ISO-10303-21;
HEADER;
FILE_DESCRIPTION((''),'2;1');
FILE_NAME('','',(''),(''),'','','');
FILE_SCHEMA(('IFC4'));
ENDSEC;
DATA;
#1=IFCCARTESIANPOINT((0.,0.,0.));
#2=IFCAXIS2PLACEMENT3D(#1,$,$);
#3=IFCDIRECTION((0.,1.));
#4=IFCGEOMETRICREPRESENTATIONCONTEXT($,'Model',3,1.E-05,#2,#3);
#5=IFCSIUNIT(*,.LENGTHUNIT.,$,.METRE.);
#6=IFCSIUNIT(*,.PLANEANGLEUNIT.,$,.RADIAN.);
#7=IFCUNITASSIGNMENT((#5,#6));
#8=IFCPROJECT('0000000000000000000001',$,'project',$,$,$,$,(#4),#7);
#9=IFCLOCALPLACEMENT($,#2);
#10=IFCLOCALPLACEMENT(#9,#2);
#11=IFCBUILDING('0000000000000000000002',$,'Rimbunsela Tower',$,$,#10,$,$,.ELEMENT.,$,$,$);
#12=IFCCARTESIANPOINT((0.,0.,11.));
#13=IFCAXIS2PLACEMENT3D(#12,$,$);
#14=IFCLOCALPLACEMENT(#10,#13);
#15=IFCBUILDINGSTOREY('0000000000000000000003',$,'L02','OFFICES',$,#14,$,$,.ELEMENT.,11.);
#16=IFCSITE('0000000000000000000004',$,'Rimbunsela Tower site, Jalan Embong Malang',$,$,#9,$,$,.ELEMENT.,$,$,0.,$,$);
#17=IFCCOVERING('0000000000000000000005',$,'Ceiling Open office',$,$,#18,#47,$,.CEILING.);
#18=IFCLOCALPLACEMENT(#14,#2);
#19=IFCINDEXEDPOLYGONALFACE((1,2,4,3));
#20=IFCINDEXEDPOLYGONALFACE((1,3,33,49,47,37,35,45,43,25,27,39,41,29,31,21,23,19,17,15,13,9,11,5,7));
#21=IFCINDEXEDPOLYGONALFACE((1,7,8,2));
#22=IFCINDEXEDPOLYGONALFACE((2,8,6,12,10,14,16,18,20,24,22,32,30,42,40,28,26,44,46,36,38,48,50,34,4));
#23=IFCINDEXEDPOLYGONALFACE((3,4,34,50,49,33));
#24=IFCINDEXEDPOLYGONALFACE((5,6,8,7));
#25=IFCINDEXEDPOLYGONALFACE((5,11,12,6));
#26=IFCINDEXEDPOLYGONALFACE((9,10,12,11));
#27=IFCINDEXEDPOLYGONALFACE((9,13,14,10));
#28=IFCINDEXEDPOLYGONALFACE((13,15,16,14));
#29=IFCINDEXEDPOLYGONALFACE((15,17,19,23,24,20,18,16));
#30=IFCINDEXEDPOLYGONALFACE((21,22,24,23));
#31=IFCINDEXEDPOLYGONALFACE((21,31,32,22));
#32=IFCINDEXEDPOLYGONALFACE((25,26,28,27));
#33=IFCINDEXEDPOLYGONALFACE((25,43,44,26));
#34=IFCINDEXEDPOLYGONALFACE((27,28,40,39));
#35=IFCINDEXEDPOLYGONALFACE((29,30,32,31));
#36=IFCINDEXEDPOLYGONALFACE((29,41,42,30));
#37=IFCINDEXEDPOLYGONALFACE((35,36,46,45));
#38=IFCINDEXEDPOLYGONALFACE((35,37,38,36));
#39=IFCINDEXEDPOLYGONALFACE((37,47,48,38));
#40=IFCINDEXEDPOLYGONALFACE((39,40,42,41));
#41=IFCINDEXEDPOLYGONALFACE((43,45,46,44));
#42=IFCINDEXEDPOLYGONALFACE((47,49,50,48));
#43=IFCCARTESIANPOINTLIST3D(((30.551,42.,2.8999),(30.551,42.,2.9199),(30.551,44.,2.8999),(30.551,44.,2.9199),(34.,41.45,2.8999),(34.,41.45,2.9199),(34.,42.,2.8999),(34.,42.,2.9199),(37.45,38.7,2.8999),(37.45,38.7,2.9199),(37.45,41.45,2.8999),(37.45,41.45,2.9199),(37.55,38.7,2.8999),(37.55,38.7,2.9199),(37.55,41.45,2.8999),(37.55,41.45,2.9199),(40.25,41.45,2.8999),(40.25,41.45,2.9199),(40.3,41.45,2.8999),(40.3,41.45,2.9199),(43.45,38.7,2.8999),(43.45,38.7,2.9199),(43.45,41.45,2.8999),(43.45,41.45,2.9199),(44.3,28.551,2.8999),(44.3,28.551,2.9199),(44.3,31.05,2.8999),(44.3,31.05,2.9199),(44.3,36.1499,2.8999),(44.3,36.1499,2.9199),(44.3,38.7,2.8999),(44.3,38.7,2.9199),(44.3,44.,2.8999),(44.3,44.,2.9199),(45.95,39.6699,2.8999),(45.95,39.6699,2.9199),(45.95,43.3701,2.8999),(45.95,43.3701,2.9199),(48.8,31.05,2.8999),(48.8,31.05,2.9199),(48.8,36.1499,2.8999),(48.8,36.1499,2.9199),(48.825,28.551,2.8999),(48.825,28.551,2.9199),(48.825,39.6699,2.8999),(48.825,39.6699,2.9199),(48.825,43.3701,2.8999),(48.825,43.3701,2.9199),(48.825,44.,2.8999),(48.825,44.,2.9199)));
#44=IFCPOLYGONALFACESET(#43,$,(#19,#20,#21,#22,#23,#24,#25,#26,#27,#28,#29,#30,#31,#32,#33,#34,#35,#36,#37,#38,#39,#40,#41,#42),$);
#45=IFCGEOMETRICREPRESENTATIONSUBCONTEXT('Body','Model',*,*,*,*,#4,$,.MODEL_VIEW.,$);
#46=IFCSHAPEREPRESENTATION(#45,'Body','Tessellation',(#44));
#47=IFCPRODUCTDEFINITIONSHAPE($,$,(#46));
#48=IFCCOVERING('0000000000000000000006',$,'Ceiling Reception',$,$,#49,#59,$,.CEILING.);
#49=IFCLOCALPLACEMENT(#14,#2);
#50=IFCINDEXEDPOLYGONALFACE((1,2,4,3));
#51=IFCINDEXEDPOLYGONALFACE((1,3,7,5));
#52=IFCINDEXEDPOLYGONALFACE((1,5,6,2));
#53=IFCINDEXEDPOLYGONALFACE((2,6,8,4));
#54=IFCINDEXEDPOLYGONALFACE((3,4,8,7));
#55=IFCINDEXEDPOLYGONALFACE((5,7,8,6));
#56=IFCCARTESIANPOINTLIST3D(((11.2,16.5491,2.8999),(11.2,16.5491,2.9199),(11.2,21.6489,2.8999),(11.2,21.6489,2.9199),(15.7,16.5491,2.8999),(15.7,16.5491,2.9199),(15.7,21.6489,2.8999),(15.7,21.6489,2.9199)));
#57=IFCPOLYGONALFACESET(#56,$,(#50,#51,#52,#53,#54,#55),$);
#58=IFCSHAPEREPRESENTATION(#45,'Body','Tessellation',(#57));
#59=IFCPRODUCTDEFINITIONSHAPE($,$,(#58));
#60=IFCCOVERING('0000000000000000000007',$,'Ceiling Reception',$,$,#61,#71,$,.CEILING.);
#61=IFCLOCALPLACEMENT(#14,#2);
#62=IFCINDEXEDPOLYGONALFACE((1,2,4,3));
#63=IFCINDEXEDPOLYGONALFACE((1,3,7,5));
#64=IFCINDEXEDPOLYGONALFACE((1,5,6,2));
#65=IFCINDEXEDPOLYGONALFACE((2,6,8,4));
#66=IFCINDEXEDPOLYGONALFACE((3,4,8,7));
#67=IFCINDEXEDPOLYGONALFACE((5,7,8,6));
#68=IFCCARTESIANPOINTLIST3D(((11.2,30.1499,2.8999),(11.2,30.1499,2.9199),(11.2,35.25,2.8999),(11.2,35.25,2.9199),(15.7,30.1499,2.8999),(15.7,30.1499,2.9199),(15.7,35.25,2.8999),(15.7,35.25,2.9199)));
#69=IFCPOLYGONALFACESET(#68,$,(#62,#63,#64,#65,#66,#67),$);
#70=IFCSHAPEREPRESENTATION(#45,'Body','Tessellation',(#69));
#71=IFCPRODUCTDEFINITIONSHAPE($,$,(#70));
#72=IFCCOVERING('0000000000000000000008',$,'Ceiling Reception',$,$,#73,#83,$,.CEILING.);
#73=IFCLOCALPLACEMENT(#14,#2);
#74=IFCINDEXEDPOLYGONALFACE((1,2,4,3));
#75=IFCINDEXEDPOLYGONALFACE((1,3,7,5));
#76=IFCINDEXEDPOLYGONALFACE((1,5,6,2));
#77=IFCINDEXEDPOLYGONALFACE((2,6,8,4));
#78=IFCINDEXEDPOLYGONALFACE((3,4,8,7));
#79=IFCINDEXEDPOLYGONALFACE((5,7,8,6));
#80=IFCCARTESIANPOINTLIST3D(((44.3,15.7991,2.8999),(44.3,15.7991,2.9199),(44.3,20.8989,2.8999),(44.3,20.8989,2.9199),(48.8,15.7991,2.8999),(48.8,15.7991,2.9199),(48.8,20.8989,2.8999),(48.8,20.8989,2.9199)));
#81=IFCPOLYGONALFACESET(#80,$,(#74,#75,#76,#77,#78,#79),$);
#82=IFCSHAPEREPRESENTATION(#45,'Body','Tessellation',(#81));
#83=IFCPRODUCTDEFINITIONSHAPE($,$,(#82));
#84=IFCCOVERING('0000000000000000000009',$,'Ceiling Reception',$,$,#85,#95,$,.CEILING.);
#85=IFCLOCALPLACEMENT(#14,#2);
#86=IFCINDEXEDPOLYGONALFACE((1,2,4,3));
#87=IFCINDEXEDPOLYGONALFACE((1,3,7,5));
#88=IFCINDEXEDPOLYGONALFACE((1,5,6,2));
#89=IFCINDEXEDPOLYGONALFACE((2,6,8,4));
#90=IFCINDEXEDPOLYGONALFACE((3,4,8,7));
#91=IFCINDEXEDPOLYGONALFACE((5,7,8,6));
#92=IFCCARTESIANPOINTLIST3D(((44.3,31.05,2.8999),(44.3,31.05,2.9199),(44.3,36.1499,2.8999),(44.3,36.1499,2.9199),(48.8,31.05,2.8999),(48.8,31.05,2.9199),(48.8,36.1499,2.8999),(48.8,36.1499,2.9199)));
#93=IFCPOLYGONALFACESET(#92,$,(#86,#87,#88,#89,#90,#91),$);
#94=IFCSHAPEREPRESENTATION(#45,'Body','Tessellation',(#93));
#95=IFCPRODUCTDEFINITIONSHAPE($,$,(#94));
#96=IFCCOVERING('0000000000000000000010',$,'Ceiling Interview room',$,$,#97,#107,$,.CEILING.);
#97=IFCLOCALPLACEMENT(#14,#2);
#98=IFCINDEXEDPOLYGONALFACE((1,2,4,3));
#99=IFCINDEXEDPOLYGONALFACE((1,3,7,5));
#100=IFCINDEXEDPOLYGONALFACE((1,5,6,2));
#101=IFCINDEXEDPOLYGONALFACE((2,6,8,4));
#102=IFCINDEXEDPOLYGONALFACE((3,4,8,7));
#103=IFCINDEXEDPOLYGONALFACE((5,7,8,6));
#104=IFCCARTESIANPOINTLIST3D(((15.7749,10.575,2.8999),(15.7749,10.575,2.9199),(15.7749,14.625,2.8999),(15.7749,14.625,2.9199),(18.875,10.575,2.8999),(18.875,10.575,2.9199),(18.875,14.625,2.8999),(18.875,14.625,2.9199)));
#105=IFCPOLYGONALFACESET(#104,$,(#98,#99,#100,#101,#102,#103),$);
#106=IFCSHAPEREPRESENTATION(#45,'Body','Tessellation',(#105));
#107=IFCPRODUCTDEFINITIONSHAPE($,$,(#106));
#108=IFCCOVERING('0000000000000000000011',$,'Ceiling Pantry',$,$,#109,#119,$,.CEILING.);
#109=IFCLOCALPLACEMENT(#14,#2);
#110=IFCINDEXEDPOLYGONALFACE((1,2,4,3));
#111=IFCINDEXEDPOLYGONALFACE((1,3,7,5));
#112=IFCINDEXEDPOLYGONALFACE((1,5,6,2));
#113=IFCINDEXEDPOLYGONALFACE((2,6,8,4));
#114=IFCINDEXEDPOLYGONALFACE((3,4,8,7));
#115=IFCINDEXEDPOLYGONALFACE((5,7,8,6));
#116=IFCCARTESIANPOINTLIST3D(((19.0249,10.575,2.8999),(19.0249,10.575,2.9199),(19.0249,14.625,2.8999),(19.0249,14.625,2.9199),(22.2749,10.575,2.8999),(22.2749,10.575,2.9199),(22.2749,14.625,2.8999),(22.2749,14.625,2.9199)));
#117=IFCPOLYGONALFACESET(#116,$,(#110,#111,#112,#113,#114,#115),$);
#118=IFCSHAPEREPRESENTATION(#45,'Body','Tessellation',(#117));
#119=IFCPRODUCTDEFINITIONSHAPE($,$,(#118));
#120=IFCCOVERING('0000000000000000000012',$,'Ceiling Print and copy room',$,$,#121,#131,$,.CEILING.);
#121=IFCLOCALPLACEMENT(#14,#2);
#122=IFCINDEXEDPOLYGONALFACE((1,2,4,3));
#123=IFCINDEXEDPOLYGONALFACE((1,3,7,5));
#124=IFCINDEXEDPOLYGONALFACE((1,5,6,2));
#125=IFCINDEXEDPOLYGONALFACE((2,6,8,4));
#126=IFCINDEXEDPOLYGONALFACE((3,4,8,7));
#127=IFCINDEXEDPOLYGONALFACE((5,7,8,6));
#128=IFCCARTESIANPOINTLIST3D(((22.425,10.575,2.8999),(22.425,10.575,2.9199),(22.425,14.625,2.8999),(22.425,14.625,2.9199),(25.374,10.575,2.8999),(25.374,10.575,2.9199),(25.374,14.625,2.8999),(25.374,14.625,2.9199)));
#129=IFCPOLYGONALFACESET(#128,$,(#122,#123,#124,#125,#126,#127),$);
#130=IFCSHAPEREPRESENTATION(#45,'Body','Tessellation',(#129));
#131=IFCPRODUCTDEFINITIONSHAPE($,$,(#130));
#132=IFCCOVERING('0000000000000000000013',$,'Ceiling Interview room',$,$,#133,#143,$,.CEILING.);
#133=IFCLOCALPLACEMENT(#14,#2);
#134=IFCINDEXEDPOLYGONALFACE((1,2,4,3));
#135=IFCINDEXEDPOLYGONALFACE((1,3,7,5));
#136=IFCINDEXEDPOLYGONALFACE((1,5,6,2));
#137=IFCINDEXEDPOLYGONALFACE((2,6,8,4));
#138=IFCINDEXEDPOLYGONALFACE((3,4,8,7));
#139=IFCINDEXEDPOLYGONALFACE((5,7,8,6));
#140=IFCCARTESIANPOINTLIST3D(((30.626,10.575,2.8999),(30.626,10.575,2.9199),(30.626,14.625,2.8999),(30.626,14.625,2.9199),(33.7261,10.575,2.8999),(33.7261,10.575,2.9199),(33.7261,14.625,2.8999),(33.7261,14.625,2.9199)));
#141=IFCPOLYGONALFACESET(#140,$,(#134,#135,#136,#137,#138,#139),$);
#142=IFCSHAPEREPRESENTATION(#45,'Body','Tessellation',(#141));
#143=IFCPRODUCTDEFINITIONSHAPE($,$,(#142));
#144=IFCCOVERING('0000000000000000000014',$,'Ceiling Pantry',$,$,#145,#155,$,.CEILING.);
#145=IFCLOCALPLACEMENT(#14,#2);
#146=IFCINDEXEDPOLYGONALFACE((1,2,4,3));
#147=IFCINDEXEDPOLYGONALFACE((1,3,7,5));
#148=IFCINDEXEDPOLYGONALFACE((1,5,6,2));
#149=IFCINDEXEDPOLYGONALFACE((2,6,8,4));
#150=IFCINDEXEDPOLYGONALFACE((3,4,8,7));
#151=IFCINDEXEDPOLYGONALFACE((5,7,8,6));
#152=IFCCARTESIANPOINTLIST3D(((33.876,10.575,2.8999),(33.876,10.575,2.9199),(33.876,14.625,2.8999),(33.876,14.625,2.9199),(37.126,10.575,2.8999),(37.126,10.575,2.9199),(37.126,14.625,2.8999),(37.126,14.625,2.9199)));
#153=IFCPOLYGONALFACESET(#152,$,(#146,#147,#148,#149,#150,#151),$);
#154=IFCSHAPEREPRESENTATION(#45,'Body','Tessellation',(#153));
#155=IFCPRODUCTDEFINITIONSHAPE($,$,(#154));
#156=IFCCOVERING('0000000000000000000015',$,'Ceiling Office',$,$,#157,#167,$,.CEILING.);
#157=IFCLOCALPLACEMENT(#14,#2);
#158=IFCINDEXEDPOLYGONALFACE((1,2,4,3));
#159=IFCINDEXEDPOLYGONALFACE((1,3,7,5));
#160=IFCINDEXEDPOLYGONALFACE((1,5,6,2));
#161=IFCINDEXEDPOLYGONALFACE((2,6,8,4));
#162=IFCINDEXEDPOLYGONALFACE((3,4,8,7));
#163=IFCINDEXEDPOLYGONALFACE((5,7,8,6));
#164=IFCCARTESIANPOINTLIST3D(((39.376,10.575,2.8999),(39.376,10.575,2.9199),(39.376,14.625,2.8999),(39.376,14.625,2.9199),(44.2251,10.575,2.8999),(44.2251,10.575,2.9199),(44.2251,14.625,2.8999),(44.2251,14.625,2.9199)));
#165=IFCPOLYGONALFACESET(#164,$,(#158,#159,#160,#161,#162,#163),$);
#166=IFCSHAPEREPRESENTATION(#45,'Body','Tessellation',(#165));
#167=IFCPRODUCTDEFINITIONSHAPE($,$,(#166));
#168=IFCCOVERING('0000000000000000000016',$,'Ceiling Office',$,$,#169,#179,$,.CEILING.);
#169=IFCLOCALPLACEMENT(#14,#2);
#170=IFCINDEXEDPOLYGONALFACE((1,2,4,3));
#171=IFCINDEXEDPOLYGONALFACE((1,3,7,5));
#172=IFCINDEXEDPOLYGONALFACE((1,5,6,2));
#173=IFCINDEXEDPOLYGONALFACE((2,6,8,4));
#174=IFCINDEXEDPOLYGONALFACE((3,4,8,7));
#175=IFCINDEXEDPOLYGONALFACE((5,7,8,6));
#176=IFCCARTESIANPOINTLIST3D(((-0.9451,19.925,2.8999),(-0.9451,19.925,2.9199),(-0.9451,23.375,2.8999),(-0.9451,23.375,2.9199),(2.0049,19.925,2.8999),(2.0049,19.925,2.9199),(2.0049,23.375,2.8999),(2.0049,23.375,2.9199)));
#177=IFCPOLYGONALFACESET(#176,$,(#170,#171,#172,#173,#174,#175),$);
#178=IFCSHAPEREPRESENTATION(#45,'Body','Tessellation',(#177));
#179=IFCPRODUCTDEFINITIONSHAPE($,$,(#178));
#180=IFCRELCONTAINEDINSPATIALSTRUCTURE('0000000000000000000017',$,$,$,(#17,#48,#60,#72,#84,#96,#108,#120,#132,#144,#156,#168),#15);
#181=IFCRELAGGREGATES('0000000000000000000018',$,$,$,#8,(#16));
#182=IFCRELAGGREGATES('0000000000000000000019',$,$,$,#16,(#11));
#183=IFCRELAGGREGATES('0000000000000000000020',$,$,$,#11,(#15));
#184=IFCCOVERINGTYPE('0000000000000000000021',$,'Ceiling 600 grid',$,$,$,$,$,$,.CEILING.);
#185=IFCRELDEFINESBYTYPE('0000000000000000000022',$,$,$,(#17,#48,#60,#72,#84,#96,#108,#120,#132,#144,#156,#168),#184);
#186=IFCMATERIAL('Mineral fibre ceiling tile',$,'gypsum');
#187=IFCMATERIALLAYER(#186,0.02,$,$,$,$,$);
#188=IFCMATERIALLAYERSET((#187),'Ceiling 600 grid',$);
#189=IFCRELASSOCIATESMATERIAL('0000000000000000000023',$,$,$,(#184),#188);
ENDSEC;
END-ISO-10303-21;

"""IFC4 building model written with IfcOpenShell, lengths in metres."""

from ifc_helpers import new_model, si_unit, direction, frame, origin, place, context, subcontext, project, spatial, polyline, outline, extrude, material, layer, layer_set, type_object, element, save


model = new_model("IFC4")

# Units and contexts
model_context = context("Model", 3, precision=1e-05, world=origin(), true_north=direction((0.0, 1.0)))
body_context = subcontext(model_context, "Body", "Model", "MODEL_VIEW")
ifc_project = project(units=[si_unit("LENGTHUNIT", "METRE"), si_unit("PLANEANGLEUNIT", "RADIAN")], contexts=[model_context])

# Site, building, storey
site_placement = place(None, origin())
site = spatial("IfcSite", under=ifc_project, at=site_placement, Name="Rimbunsela Tower site, Jalan Embong Malang", CompositionType="ELEMENT", RefElevation=0.0)
building_placement = place(site_placement, origin())
building = spatial("IfcBuilding", under=site, at=building_placement, Name="Rimbunsela Tower", CompositionType="ELEMENT")
storey_placement = place(building_placement, frame((0.0, 0.0, 11.0)))
storey = spatial("IfcBuildingStorey", under=building, at=storey_placement, Name="L02", Description="OFFICES", CompositionType="ELEMENT", Elevation=11.0)

# Coverings
ifc_material_1 = material(Name="Mineral fibre ceiling tile", Category="gypsum")
ifc_layer_1 = layer(ifc_material_1, 0.02)
ifc_layer_set_1 = layer_set([ifc_layer_1], Name="Ceiling 600 grid")
covering_type_1 = type_object("IfcCoveringType", Name="Ceiling 600 grid", PredefinedType="CEILING", material=ifc_layer_set_1)
covering_1_placement = place(storey_placement, frame((0.0, 0.0, 2.8999)))
element("IfcCovering", 1, at=covering_1_placement, inside=storey, type_object=covering_type_1, Name="Ceiling Open office", PredefinedType="CEILING", context=body_context, shape_type="SweptSolid", body=[
    extrude(outline(polyline([(48.825, 28.551), (44.3, 28.551), (44.3, 31.05), (48.8, 31.05), (48.8, 36.1499), (44.3, 36.1499), (44.3, 38.7), (43.45, 38.7), (43.45, 41.45), (40.3, 41.45), (40.25, 41.45), (37.55, 41.45), (37.55, 38.7), (37.45, 38.7), (37.45, 41.45), (34.0, 41.45), (34.0, 42.0), (30.551, 42.0), (30.551, 44.0), (44.3, 44.0), (48.825, 44.0), (48.825, 43.3701), (45.95, 43.3701), (45.95, 39.6699), (48.825, 39.6699), (48.825, 28.551)])), origin(), (0.0, 0.0, 1.0), 0.02),
])
covering_2_placement = place(storey_placement, frame((0.0, 0.0, 2.8999)))
element("IfcCovering", 2, at=covering_2_placement, inside=storey, type_object=covering_type_1, Name="Ceiling Reception", PredefinedType="CEILING", context=body_context, shape_type="SweptSolid", body=[
    extrude(outline(polyline([(15.7, 16.5491), (15.7, 21.6489), (11.2, 21.6489), (11.2, 16.5491), (15.7, 16.5491)])), origin(), (0.0, 0.0, 1.0), 0.02),
])
covering_3_placement = place(storey_placement, frame((0.0, 0.0, 2.8999)))
element("IfcCovering", 3, at=covering_3_placement, inside=storey, type_object=covering_type_1, Name="Ceiling Reception", PredefinedType="CEILING", context=body_context, shape_type="SweptSolid", body=[
    extrude(outline(polyline([(15.7, 30.1499), (15.7, 35.25), (11.2, 35.25), (11.2, 30.1499), (15.7, 30.1499)])), origin(), (0.0, 0.0, 1.0), 0.02),
])
covering_4_placement = place(storey_placement, frame((0.0, 0.0, 2.8999)))
element("IfcCovering", 4, at=covering_4_placement, inside=storey, type_object=covering_type_1, Name="Ceiling Reception", PredefinedType="CEILING", context=body_context, shape_type="SweptSolid", body=[
    extrude(outline(polyline([(48.8, 15.7991), (48.8, 20.8989), (44.3, 20.8989), (44.3, 15.7991), (48.8, 15.7991)])), origin(), (0.0, 0.0, 1.0), 0.02),
])
covering_5_placement = place(storey_placement, frame((0.0, 0.0, 2.8999)))
element("IfcCovering", 5, at=covering_5_placement, inside=storey, type_object=covering_type_1, Name="Ceiling Reception", PredefinedType="CEILING", context=body_context, shape_type="SweptSolid", body=[
    extrude(outline(polyline([(48.8, 31.05), (48.8, 36.1499), (44.3, 36.1499), (44.3, 31.05), (48.8, 31.05)])), origin(), (0.0, 0.0, 1.0), 0.02),
])
covering_6_placement = place(storey_placement, frame((0.0, 0.0, 2.8999)))
element("IfcCovering", 6, at=covering_6_placement, inside=storey, type_object=covering_type_1, Name="Ceiling Interview room", PredefinedType="CEILING", context=body_context, shape_type="SweptSolid", body=[
    extrude(outline(polyline([(18.875, 10.575), (18.875, 14.625), (15.7749, 14.625), (15.7749, 10.575), (18.875, 10.575)])), origin(), (0.0, 0.0, 1.0), 0.02),
])
covering_7_placement = place(storey_placement, frame((0.0, 0.0, 2.8999)))
element("IfcCovering", 7, at=covering_7_placement, inside=storey, type_object=covering_type_1, Name="Ceiling Pantry", PredefinedType="CEILING", context=body_context, shape_type="SweptSolid", body=[
    extrude(outline(polyline([(22.2749, 10.575), (22.2749, 14.625), (19.0249, 14.625), (19.0249, 10.575), (22.2749, 10.575)])), origin(), (0.0, 0.0, 1.0), 0.02),
])
covering_8_placement = place(storey_placement, frame((0.0, 0.0, 2.8999)))
element("IfcCovering", 8, at=covering_8_placement, inside=storey, type_object=covering_type_1, Name="Ceiling Print and copy room", PredefinedType="CEILING", context=body_context, shape_type="SweptSolid", body=[
    extrude(outline(polyline([(25.374, 10.575), (25.374, 14.625), (22.425, 14.625), (22.425, 10.575), (25.374, 10.575)])), origin(), (0.0, 0.0, 1.0), 0.02),
])
covering_9_placement = place(storey_placement, frame((0.0, 0.0, 2.8999)))
element("IfcCovering", 9, at=covering_9_placement, inside=storey, type_object=covering_type_1, Name="Ceiling Interview room", PredefinedType="CEILING", context=body_context, shape_type="SweptSolid", body=[
    extrude(outline(polyline([(33.7261, 10.575), (33.7261, 14.625), (30.626, 14.625), (30.626, 10.575), (33.7261, 10.575)])), origin(), (0.0, 0.0, 1.0), 0.02),
])
covering_10_placement = place(storey_placement, frame((0.0, 0.0, 2.8999)))
element("IfcCovering", 10, at=covering_10_placement, inside=storey, type_object=covering_type_1, Name="Ceiling Pantry", PredefinedType="CEILING", context=body_context, shape_type="SweptSolid", body=[
    extrude(outline(polyline([(37.126, 10.575), (37.126, 14.625), (33.876, 14.625), (33.876, 10.575), (37.126, 10.575)])), origin(), (0.0, 0.0, 1.0), 0.02),
])
covering_11_placement = place(storey_placement, frame((0.0, 0.0, 2.8999)))
element("IfcCovering", 11, at=covering_11_placement, inside=storey, type_object=covering_type_1, Name="Ceiling Office", PredefinedType="CEILING", context=body_context, shape_type="SweptSolid", body=[
    extrude(outline(polyline([(44.2251, 10.575), (44.2251, 14.625), (39.376, 14.625), (39.376, 10.575), (44.2251, 10.575)])), origin(), (0.0, 0.0, 1.0), 0.02),
])
covering_12_placement = place(storey_placement, frame((0.0, 0.0, 2.8999)))
element("IfcCovering", 12, at=covering_12_placement, inside=storey, type_object=covering_type_1, Name="Ceiling Office", PredefinedType="CEILING", context=body_context, shape_type="SweptSolid", body=[
    extrude(outline(polyline([(2.0049, 19.925), (2.0049, 23.375), (-0.9451, 23.375), (-0.9451, 19.925), (2.0049, 19.925)])), origin(), (0.0, 0.0, 1.0), 0.02),
])

save(model, "model.ifc")
